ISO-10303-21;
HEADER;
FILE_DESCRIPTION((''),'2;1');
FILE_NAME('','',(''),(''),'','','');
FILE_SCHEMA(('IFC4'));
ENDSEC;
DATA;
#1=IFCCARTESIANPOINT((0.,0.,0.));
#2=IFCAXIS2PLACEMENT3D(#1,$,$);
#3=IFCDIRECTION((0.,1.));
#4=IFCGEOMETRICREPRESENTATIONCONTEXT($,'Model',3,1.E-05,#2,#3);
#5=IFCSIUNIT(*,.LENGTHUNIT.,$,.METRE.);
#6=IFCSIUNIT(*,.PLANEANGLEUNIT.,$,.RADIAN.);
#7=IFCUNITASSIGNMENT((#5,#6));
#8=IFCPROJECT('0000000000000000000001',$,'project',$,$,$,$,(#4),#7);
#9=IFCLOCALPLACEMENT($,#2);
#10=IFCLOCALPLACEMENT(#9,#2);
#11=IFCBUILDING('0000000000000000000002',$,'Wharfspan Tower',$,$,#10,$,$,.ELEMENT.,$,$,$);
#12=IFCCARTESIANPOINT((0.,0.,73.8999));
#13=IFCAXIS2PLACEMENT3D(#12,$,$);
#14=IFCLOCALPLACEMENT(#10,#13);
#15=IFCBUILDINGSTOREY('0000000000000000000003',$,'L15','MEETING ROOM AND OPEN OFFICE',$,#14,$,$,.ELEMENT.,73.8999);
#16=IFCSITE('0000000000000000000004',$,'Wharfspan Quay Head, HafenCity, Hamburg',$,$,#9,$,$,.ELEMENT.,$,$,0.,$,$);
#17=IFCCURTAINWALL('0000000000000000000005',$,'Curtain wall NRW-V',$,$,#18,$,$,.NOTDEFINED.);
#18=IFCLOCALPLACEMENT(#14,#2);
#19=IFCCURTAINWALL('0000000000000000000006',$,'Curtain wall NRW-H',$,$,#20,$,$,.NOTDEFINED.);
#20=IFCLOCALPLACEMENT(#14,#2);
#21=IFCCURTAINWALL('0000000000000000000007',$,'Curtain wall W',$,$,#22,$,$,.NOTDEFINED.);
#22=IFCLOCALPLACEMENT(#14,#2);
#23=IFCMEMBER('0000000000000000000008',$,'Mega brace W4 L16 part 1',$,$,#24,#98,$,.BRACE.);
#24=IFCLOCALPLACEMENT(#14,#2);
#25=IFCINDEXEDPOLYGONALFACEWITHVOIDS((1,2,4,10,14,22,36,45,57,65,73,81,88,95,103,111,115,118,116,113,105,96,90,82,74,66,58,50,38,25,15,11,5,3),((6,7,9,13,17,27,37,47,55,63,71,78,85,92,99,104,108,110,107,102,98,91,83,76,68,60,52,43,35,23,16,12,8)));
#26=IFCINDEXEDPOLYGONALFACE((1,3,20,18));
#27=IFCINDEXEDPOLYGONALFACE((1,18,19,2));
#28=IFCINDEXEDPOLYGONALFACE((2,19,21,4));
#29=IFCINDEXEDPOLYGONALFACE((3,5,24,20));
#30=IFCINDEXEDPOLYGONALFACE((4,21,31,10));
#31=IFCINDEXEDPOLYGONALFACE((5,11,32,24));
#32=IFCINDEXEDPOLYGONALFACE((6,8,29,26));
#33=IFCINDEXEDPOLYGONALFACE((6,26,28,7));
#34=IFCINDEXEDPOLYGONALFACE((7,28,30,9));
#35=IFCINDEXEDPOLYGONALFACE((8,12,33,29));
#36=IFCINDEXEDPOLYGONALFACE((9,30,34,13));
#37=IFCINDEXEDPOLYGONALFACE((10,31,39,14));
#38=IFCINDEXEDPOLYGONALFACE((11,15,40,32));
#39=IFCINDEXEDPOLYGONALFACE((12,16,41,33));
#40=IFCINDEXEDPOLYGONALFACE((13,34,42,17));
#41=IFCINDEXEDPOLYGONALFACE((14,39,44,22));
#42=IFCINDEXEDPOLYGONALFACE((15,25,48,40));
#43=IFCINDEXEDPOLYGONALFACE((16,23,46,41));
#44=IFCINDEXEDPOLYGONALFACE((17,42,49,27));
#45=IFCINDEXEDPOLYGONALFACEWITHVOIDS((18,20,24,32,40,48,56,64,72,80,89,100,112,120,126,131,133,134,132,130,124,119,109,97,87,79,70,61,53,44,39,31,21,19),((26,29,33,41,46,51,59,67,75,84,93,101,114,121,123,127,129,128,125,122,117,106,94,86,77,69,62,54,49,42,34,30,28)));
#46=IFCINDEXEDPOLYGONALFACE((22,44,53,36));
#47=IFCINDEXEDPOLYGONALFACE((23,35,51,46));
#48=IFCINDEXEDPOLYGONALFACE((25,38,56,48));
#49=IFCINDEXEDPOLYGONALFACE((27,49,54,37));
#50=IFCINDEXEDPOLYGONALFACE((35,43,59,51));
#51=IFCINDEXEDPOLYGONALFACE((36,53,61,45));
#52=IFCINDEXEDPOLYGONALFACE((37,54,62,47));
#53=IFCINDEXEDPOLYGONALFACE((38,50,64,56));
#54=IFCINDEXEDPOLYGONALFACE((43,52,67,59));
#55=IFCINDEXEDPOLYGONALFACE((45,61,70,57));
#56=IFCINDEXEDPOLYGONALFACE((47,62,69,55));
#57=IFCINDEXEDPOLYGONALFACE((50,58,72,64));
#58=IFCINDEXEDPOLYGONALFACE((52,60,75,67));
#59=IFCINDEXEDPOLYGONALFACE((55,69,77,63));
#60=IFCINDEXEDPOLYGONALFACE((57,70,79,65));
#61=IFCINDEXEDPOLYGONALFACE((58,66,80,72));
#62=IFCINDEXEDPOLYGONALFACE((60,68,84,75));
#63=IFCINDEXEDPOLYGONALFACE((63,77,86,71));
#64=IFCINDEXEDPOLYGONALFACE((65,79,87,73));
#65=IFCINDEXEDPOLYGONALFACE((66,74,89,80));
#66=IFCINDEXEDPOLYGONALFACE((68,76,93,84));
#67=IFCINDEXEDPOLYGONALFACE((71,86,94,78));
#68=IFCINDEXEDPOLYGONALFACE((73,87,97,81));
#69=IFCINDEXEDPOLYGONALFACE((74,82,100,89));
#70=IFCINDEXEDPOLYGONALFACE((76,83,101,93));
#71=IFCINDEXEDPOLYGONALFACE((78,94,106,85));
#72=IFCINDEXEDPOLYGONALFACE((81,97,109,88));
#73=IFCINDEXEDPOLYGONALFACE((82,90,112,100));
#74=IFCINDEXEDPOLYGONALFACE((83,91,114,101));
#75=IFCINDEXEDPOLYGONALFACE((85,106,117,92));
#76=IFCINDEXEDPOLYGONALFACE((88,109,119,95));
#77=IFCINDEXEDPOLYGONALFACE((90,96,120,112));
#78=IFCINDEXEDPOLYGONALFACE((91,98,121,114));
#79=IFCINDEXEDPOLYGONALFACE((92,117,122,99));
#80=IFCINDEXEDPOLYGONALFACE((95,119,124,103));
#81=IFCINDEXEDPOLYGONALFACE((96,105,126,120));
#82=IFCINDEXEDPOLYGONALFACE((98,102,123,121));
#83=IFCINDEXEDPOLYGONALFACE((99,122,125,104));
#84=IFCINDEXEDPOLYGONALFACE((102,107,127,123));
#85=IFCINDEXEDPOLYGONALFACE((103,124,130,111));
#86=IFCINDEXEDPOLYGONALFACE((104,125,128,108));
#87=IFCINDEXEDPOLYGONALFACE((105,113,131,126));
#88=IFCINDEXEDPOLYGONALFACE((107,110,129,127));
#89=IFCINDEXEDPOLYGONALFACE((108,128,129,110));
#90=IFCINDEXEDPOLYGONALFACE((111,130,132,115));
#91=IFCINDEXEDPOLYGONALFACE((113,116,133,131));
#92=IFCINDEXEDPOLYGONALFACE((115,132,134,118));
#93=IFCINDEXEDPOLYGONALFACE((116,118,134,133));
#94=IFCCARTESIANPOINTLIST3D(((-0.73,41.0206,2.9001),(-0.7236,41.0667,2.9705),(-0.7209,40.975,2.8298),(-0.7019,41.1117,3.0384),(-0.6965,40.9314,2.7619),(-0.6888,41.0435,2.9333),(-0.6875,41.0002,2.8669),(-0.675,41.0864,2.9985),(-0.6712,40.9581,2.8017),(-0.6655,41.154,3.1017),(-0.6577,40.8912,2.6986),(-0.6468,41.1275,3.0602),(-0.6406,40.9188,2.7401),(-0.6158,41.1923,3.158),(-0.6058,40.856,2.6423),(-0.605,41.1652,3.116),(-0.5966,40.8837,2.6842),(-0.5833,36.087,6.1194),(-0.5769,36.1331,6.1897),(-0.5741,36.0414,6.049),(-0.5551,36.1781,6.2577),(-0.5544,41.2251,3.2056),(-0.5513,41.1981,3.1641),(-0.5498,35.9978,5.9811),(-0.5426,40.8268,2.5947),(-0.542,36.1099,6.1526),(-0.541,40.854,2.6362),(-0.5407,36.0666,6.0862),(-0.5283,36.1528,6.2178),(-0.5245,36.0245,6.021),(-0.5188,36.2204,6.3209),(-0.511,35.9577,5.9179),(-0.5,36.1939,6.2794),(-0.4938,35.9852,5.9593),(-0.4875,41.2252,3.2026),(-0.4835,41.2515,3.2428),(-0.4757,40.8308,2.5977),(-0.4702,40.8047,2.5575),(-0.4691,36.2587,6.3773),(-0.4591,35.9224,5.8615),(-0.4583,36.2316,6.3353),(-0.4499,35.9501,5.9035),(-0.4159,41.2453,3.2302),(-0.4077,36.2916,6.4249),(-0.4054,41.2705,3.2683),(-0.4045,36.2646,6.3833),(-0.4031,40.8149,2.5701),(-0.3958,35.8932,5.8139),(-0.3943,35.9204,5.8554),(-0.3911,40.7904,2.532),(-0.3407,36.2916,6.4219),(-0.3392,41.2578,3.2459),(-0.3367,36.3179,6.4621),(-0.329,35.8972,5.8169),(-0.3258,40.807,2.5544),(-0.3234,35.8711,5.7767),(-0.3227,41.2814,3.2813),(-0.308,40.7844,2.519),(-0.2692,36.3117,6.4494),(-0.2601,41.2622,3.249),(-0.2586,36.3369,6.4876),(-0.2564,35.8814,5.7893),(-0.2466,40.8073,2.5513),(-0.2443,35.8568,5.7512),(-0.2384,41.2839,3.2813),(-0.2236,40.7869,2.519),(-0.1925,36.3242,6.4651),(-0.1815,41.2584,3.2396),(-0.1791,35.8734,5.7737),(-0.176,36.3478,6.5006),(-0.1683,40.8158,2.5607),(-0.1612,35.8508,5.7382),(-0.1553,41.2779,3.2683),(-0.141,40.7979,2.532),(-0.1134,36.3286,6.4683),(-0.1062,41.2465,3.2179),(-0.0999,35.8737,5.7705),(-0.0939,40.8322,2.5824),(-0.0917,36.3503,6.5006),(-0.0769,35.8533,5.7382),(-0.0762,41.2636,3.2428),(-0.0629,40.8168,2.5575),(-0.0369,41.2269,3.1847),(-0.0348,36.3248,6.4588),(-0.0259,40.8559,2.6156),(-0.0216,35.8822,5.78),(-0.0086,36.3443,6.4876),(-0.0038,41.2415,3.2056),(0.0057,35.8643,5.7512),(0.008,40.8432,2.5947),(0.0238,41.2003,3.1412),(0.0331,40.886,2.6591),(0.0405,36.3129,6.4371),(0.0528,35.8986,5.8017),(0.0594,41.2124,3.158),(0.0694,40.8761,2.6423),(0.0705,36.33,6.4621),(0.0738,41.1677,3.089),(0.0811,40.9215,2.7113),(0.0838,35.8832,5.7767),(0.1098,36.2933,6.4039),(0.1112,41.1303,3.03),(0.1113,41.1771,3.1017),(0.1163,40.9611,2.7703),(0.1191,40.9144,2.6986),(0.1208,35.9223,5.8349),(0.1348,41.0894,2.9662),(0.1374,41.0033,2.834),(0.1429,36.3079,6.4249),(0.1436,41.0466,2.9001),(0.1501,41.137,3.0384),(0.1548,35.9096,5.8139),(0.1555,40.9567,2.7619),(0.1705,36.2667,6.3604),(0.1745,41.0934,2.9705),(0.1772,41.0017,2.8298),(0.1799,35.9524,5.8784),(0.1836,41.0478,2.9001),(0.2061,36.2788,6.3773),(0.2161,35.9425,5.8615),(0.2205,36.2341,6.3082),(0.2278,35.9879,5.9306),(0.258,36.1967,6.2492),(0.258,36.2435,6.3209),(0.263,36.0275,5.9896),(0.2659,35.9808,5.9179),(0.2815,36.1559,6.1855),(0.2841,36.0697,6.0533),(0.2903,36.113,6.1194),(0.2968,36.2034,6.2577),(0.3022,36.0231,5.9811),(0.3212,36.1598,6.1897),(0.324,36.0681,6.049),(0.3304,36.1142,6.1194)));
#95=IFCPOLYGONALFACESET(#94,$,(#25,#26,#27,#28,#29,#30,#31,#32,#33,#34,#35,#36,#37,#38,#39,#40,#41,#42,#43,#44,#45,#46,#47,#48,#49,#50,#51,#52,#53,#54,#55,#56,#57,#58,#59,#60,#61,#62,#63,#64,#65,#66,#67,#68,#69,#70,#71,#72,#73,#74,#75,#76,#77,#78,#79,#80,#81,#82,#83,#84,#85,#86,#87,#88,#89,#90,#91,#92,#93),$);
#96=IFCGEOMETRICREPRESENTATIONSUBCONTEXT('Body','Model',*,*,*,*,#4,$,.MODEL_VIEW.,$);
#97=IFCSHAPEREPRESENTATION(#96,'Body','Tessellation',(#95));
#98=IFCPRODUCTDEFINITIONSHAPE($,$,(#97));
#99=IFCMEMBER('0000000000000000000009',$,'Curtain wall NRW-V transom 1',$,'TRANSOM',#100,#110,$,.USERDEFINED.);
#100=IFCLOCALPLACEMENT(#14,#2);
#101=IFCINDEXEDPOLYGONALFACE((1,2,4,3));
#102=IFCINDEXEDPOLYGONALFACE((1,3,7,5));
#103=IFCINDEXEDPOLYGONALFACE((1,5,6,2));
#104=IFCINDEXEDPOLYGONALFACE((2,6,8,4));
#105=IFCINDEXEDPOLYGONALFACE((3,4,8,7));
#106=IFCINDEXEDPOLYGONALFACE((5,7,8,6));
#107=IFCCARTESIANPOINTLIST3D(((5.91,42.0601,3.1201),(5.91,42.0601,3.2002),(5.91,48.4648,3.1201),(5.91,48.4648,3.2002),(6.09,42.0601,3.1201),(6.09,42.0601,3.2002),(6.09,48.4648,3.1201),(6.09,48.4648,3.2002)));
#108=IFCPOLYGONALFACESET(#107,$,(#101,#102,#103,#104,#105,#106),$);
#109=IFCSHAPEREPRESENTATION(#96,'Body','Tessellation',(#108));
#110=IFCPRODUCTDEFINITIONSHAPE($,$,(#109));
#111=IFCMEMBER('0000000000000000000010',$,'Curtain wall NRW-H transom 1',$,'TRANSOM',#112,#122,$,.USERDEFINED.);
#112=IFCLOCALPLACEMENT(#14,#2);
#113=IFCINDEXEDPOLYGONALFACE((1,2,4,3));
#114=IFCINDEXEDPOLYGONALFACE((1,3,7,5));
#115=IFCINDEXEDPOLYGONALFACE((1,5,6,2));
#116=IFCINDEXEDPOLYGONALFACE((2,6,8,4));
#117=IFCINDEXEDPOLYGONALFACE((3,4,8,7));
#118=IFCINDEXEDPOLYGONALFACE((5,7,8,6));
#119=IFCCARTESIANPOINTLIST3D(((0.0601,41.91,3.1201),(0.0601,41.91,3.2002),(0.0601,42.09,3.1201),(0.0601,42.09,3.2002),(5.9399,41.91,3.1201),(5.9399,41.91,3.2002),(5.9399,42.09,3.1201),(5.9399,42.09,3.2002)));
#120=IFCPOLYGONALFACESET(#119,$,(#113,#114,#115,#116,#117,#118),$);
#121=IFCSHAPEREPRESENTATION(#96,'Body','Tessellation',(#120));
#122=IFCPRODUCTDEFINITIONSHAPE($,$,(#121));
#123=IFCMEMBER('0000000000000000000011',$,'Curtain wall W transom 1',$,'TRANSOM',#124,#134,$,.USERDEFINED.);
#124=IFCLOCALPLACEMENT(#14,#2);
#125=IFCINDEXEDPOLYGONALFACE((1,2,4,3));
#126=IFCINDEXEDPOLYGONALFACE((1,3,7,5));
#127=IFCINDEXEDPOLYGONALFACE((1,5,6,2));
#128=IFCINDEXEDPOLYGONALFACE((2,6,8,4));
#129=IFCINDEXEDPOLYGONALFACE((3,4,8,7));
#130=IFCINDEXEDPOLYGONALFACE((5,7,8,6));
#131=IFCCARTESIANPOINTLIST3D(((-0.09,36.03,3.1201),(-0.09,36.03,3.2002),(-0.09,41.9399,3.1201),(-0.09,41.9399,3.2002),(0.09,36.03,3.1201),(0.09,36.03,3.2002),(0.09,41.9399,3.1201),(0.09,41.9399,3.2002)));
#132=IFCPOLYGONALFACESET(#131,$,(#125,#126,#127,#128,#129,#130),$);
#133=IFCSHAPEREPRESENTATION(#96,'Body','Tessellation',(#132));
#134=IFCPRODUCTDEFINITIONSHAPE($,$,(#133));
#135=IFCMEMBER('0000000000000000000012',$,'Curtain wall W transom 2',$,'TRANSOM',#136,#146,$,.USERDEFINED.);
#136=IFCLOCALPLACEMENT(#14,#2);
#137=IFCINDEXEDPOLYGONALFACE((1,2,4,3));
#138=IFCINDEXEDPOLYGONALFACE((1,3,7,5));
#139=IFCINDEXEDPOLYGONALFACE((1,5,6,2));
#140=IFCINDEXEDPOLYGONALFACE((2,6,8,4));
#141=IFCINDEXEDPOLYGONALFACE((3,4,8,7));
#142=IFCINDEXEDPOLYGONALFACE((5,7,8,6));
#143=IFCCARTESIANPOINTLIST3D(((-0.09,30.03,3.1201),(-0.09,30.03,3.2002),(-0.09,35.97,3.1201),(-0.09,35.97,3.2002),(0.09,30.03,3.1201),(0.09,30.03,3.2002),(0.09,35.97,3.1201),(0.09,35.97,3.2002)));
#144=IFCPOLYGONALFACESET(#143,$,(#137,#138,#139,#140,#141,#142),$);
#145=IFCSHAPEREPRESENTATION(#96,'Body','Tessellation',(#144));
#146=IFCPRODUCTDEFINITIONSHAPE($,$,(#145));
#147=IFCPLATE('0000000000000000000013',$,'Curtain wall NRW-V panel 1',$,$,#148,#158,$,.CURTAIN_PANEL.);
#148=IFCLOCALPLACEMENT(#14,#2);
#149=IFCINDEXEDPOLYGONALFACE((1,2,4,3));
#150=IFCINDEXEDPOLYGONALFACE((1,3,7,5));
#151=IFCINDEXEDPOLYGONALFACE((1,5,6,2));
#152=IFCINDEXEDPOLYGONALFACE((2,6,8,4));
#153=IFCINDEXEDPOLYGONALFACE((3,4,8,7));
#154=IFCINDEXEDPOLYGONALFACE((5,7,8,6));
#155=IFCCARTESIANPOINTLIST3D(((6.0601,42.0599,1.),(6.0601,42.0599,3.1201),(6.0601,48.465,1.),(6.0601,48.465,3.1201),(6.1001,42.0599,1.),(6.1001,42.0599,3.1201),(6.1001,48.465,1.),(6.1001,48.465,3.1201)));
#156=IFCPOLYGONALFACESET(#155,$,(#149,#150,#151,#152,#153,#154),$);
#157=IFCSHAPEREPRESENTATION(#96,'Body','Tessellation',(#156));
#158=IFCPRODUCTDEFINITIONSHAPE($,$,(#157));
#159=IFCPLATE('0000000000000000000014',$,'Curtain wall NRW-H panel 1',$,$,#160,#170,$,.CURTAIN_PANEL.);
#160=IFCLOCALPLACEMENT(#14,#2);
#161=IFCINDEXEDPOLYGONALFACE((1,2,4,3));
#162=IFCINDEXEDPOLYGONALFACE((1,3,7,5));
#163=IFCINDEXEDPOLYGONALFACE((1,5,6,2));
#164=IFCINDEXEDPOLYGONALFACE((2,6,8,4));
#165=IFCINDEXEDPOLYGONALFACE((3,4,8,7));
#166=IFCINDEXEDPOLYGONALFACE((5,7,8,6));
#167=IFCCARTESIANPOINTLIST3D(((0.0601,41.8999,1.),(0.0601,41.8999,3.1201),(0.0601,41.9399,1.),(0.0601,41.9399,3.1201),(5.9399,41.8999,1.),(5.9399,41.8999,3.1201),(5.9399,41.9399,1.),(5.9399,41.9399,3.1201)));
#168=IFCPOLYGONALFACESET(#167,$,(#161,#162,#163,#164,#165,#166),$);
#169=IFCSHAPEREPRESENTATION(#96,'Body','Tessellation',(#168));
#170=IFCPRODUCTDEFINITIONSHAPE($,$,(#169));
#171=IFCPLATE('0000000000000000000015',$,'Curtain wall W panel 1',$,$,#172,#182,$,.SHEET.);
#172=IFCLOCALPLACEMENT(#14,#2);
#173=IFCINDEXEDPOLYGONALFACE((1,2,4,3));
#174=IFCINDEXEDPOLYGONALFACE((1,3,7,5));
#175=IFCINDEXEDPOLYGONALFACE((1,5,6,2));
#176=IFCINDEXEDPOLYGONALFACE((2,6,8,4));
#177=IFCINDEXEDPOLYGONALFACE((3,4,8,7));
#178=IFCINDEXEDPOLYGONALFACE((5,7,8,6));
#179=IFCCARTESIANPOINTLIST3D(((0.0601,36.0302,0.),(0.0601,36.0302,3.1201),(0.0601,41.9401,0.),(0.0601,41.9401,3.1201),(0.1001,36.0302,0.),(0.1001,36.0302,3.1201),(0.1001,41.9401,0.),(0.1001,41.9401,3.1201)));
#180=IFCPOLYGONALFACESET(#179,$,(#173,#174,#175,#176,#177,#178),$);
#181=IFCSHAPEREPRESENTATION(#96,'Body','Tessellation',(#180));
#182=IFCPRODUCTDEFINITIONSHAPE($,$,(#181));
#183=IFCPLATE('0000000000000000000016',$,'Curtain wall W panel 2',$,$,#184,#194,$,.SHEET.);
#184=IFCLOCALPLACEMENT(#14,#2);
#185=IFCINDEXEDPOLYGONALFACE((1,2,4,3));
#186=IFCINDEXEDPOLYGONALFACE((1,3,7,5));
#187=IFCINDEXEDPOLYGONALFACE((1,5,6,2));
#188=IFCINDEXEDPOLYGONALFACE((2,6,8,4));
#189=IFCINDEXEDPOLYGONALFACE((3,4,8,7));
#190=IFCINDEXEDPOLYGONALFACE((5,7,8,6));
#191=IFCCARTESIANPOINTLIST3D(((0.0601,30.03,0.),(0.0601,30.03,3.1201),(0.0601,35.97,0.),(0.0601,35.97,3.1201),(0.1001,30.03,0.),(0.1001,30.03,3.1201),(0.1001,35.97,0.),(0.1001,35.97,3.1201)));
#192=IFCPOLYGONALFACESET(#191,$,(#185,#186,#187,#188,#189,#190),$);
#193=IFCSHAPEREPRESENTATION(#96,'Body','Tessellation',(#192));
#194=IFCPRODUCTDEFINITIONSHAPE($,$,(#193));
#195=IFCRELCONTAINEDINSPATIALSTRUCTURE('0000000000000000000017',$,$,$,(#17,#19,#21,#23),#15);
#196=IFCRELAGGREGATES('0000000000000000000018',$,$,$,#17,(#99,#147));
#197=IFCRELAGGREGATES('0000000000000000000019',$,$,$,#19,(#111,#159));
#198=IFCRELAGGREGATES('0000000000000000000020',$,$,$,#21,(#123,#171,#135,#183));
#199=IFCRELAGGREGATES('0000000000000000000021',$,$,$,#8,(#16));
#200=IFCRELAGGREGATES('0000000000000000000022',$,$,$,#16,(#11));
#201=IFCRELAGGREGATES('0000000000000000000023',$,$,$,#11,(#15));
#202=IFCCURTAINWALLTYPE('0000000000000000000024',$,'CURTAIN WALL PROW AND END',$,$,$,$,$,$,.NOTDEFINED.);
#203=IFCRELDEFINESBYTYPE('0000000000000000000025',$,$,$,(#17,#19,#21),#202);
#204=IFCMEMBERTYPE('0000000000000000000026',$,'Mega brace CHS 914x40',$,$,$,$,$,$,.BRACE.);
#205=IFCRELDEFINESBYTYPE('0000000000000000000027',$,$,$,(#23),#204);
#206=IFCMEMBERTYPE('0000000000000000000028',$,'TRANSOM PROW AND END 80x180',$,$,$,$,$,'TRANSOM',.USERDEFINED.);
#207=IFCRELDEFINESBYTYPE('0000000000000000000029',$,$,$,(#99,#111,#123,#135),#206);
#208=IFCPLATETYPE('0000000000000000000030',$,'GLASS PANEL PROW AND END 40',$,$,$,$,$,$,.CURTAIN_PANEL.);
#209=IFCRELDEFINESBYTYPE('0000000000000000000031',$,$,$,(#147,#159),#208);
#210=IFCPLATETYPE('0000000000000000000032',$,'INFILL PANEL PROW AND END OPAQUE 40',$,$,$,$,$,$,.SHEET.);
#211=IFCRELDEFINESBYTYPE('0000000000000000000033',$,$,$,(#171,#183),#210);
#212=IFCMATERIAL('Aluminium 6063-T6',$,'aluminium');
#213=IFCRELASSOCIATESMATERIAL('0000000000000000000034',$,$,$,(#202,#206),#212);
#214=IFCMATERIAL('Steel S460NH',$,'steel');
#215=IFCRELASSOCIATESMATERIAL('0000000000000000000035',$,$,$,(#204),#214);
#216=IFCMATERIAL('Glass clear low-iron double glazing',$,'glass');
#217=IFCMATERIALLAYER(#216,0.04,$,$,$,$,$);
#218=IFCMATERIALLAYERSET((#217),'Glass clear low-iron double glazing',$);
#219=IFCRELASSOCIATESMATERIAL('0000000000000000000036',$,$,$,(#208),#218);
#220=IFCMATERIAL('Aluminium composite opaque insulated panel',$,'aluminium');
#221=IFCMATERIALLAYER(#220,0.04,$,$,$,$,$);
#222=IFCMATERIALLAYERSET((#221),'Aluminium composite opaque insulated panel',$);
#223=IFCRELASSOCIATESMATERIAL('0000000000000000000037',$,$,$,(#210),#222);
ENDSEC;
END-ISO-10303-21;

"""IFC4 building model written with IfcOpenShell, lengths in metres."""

from ifc_helpers import new_model, si_unit, direction, frame, origin, origin_2d, place, context, subcontext, project, spatial, rectangle, hollow_circle, extrude, material, layer, layer_set, material_profile, profile_set, type_object, element, aggregate, save


model = new_model("IFC4")

# Units and contexts
model_context = context("Model", 3, precision=1e-05, world=origin(), true_north=direction((0.0, 1.0)))
body_context = subcontext(model_context, "Body", "Model", "MODEL_VIEW")
ifc_project = project(units=[si_unit("LENGTHUNIT", "METRE"), si_unit("PLANEANGLEUNIT", "RADIAN")], contexts=[model_context])

# Site, building, storey
site_placement = place(None, origin())
site = spatial("IfcSite", under=ifc_project, at=site_placement, Name="Wharfspan Quay Head, HafenCity, Hamburg", CompositionType="ELEMENT", RefElevation=0.0)
building_placement = place(site_placement, origin())
building = spatial("IfcBuilding", under=site, at=building_placement, Name="Wharfspan Tower", CompositionType="ELEMENT")
storey_placement = place(building_placement, frame((0.0, 0.0, 73.8999)))
storey = spatial("IfcBuildingStorey", under=building, at=storey_placement, Name="L15", Description="MEETING ROOM AND OPEN OFFICE", CompositionType="ELEMENT", Elevation=73.8999)

# Curtain walls
ifc_material_1 = material(Name="Aluminium 6063-T6", Category="aluminium")
curtain_wall_type = type_object("IfcCurtainWallType", Name="CURTAIN WALL PROW AND END", PredefinedType="NOTDEFINED", material=ifc_material_1)
curtain_wall_1_placement = place(storey_placement, origin())
curtain_wall_1 = element("IfcCurtainWall", 1, at=curtain_wall_1_placement, inside=storey, type_object=curtain_wall_type, Name="Curtain wall NRW-V", PredefinedType="NOTDEFINED")
curtain_wall_2_placement = place(storey_placement, origin())
curtain_wall_2 = element("IfcCurtainWall", 2, at=curtain_wall_2_placement, inside=storey, type_object=curtain_wall_type, Name="Curtain wall NRW-H", PredefinedType="NOTDEFINED")
curtain_wall_3_placement = place(storey_placement, origin())
curtain_wall_3 = element("IfcCurtainWall", 3, at=curtain_wall_3_placement, inside=storey, type_object=curtain_wall_type, Name="Curtain wall W", PredefinedType="NOTDEFINED")

# Members
ifc_material_2 = material(Name="Steel S460NH", Category="steel")
ifc_material_profile_1 = material_profile(ifc_material_2, hollow_circle(Radius=0.457, WallThickness=0.04, at=origin_2d()))
ifc_profile_set_1 = profile_set([ifc_material_profile_1], Name="Steel S460NH")
member_type_1 = type_object("IfcMemberType", Name="Mega brace CHS 914x40", PredefinedType="BRACE", material=ifc_profile_set_1)
member_1_placement = place(storey_placement, frame((-0.2732, 41.0342, 2.9001), z_axis=(0.0249, -0.837221, 0.546298), x_axis=(0.999556, 0.02973, 0.000003)))
element("IfcMember", 4, at=member_1_placement, inside=storey, type_object=member_type_1, Name="Mega brace W4 L16 part 1", PredefinedType="BRACE", context=body_context, shape_type="SweptSolid", body=[
    extrude(hollow_circle(Radius=0.457, WallThickness=0.04, at=origin_2d()), origin(), (0.0, 0.0, 1.0), 5.8928),
])
ifc_material_profile_2 = material_profile(ifc_material_1, rectangle(XDim=0.1799, YDim=0.0801, at=origin_2d()))
ifc_profile_set_2 = profile_set([ifc_material_profile_2], Name="Aluminium 6063-T6")
member_type_2 = type_object("IfcMemberType", Name="TRANSOM PROW AND END 80x180", ElementType="TRANSOM", PredefinedType="USERDEFINED", material=ifc_profile_set_2)
member_2_placement = place(storey_placement, frame((6.0, 48.4648, 3.1602), z_axis=(0.0, -1.0, 0.0), x_axis=(1.0, 0.0, 0.0)))
member_2 = element("IfcMember", 5, at=member_2_placement, type_object=member_type_2, Name="Curtain wall NRW-V transom 1", ObjectType="TRANSOM", PredefinedType="USERDEFINED", context=body_context, shape_type="SweptSolid", body=[
    extrude(rectangle(XDim=0.1799, YDim=0.0801, at=origin_2d()), origin(), (0.0, 0.0, 1.0), 6.4048),
])
member_3_placement = place(storey_placement, frame((5.9399, 42.0, 3.1602), z_axis=(-1.0, 0.0, 0.0), x_axis=(0.0, -1.0, 0.0)))
member_3 = element("IfcMember", 6, at=member_3_placement, type_object=member_type_2, Name="Curtain wall NRW-H transom 1", ObjectType="TRANSOM", PredefinedType="USERDEFINED", context=body_context, shape_type="SweptSolid", body=[
    extrude(rectangle(XDim=0.1799, YDim=0.0801, at=origin_2d()), origin(), (0.0, 0.0, 1.0), 5.8799),
])
member_4_placement = place(storey_placement, frame((0.0, 41.9399, 3.1602), z_axis=(0.0, -1.0, 0.0), x_axis=(1.0, 0.0, 0.0)))
member_4 = element("IfcMember", 7, at=member_4_placement, type_object=member_type_2, Name="Curtain wall W transom 1", ObjectType="TRANSOM", PredefinedType="USERDEFINED", context=body_context, shape_type="SweptSolid", body=[
    extrude(rectangle(XDim=0.1799, YDim=0.0801, at=origin_2d()), origin(), (0.0, 0.0, 1.0), 5.9099),
])
member_5_placement = place(storey_placement, frame((0.0, 35.97, 3.1602), z_axis=(0.0, -1.0, 0.0), x_axis=(1.0, 0.0, 0.0)))
member_5 = element("IfcMember", 8, at=member_5_placement, type_object=member_type_2, Name="Curtain wall W transom 2", ObjectType="TRANSOM", PredefinedType="USERDEFINED", context=body_context, shape_type="SweptSolid", body=[
    extrude(rectangle(XDim=0.1799, YDim=0.0801, at=origin_2d()), origin(), (0.0, 0.0, 1.0), 5.9399),
])

# Plates
ifc_material_3 = material(Name="Glass clear low-iron double glazing", Category="glass")
ifc_layer_1 = layer(ifc_material_3, 0.04)
ifc_layer_set_1 = layer_set([ifc_layer_1], Name="Glass clear low-iron double glazing")
plate_type_1 = type_object("IfcPlateType", Name="GLASS PANEL PROW AND END 40", PredefinedType="CURTAIN_PANEL", material=ifc_layer_set_1)
plate_1_placement = place(storey_placement, frame((6.0801, 45.2625, 1.0), z_axis=(0.0, 0.0, 1.0), x_axis=(0.0, -1.0, 0.0)))
plate_1 = element("IfcPlate", 9, at=plate_1_placement, type_object=plate_type_1, Name="Curtain wall NRW-V panel 1", PredefinedType="CURTAIN_PANEL", context=body_context, shape_type="SweptSolid", body=[
    extrude(rectangle(XDim=6.405, YDim=0.04, at=origin_2d()), origin(), (0.0, 0.0, 1.0), 2.1201),
])
aggregate(curtain_wall_1, [member_2, plate_1])
plate_2_placement = place(storey_placement, frame((3.0, 41.9199, 1.0), z_axis=(0.0, 0.0, 1.0), x_axis=(-1.0, 0.0, 0.0)))
plate_2 = element("IfcPlate", 10, at=plate_2_placement, type_object=plate_type_1, Name="Curtain wall NRW-H panel 1", PredefinedType="CURTAIN_PANEL", context=body_context, shape_type="SweptSolid", body=[
    extrude(rectangle(XDim=5.8799, YDim=0.04, at=origin_2d()), origin(), (0.0, 0.0, 1.0), 2.1201),
])
aggregate(curtain_wall_2, [member_3, plate_2])
ifc_material_4 = material(Name="Aluminium composite opaque insulated panel", Category="aluminium")
ifc_layer_2 = layer(ifc_material_4, 0.04)
ifc_layer_set_2 = layer_set([ifc_layer_2], Name="Aluminium composite opaque insulated panel")
plate_type_2 = type_object("IfcPlateType", Name="INFILL PANEL PROW AND END OPAQUE 40", PredefinedType="SHEET", material=ifc_layer_set_2)
plate_3_placement = place(storey_placement, frame((0.0801, 38.9851, 0.0), z_axis=(0.0, 0.0, 1.0), x_axis=(0.0, -1.0, 0.0)))
plate_3 = element("IfcPlate", 11, at=plate_3_placement, type_object=plate_type_2, Name="Curtain wall W panel 1", PredefinedType="SHEET", context=body_context, shape_type="SweptSolid", body=[
    extrude(rectangle(XDim=5.9099, YDim=0.04, at=origin_2d()), origin(), (0.0, 0.0, 1.0), 3.1201),
])
plate_4_placement = place(storey_placement, frame((0.0801, 33.0, 0.0), z_axis=(0.0, 0.0, 1.0), x_axis=(0.0, -1.0, 0.0)))
plate_4 = element("IfcPlate", 12, at=plate_4_placement, type_object=plate_type_2, Name="Curtain wall W panel 2", PredefinedType="SHEET", context=body_context, shape_type="SweptSolid", body=[
    extrude(rectangle(XDim=5.9399, YDim=0.04, at=origin_2d()), origin(), (0.0, 0.0, 1.0), 3.1201),
])
aggregate(curtain_wall_3, [member_4, plate_3, member_5, plate_4])

save(model, "model.ifc")
